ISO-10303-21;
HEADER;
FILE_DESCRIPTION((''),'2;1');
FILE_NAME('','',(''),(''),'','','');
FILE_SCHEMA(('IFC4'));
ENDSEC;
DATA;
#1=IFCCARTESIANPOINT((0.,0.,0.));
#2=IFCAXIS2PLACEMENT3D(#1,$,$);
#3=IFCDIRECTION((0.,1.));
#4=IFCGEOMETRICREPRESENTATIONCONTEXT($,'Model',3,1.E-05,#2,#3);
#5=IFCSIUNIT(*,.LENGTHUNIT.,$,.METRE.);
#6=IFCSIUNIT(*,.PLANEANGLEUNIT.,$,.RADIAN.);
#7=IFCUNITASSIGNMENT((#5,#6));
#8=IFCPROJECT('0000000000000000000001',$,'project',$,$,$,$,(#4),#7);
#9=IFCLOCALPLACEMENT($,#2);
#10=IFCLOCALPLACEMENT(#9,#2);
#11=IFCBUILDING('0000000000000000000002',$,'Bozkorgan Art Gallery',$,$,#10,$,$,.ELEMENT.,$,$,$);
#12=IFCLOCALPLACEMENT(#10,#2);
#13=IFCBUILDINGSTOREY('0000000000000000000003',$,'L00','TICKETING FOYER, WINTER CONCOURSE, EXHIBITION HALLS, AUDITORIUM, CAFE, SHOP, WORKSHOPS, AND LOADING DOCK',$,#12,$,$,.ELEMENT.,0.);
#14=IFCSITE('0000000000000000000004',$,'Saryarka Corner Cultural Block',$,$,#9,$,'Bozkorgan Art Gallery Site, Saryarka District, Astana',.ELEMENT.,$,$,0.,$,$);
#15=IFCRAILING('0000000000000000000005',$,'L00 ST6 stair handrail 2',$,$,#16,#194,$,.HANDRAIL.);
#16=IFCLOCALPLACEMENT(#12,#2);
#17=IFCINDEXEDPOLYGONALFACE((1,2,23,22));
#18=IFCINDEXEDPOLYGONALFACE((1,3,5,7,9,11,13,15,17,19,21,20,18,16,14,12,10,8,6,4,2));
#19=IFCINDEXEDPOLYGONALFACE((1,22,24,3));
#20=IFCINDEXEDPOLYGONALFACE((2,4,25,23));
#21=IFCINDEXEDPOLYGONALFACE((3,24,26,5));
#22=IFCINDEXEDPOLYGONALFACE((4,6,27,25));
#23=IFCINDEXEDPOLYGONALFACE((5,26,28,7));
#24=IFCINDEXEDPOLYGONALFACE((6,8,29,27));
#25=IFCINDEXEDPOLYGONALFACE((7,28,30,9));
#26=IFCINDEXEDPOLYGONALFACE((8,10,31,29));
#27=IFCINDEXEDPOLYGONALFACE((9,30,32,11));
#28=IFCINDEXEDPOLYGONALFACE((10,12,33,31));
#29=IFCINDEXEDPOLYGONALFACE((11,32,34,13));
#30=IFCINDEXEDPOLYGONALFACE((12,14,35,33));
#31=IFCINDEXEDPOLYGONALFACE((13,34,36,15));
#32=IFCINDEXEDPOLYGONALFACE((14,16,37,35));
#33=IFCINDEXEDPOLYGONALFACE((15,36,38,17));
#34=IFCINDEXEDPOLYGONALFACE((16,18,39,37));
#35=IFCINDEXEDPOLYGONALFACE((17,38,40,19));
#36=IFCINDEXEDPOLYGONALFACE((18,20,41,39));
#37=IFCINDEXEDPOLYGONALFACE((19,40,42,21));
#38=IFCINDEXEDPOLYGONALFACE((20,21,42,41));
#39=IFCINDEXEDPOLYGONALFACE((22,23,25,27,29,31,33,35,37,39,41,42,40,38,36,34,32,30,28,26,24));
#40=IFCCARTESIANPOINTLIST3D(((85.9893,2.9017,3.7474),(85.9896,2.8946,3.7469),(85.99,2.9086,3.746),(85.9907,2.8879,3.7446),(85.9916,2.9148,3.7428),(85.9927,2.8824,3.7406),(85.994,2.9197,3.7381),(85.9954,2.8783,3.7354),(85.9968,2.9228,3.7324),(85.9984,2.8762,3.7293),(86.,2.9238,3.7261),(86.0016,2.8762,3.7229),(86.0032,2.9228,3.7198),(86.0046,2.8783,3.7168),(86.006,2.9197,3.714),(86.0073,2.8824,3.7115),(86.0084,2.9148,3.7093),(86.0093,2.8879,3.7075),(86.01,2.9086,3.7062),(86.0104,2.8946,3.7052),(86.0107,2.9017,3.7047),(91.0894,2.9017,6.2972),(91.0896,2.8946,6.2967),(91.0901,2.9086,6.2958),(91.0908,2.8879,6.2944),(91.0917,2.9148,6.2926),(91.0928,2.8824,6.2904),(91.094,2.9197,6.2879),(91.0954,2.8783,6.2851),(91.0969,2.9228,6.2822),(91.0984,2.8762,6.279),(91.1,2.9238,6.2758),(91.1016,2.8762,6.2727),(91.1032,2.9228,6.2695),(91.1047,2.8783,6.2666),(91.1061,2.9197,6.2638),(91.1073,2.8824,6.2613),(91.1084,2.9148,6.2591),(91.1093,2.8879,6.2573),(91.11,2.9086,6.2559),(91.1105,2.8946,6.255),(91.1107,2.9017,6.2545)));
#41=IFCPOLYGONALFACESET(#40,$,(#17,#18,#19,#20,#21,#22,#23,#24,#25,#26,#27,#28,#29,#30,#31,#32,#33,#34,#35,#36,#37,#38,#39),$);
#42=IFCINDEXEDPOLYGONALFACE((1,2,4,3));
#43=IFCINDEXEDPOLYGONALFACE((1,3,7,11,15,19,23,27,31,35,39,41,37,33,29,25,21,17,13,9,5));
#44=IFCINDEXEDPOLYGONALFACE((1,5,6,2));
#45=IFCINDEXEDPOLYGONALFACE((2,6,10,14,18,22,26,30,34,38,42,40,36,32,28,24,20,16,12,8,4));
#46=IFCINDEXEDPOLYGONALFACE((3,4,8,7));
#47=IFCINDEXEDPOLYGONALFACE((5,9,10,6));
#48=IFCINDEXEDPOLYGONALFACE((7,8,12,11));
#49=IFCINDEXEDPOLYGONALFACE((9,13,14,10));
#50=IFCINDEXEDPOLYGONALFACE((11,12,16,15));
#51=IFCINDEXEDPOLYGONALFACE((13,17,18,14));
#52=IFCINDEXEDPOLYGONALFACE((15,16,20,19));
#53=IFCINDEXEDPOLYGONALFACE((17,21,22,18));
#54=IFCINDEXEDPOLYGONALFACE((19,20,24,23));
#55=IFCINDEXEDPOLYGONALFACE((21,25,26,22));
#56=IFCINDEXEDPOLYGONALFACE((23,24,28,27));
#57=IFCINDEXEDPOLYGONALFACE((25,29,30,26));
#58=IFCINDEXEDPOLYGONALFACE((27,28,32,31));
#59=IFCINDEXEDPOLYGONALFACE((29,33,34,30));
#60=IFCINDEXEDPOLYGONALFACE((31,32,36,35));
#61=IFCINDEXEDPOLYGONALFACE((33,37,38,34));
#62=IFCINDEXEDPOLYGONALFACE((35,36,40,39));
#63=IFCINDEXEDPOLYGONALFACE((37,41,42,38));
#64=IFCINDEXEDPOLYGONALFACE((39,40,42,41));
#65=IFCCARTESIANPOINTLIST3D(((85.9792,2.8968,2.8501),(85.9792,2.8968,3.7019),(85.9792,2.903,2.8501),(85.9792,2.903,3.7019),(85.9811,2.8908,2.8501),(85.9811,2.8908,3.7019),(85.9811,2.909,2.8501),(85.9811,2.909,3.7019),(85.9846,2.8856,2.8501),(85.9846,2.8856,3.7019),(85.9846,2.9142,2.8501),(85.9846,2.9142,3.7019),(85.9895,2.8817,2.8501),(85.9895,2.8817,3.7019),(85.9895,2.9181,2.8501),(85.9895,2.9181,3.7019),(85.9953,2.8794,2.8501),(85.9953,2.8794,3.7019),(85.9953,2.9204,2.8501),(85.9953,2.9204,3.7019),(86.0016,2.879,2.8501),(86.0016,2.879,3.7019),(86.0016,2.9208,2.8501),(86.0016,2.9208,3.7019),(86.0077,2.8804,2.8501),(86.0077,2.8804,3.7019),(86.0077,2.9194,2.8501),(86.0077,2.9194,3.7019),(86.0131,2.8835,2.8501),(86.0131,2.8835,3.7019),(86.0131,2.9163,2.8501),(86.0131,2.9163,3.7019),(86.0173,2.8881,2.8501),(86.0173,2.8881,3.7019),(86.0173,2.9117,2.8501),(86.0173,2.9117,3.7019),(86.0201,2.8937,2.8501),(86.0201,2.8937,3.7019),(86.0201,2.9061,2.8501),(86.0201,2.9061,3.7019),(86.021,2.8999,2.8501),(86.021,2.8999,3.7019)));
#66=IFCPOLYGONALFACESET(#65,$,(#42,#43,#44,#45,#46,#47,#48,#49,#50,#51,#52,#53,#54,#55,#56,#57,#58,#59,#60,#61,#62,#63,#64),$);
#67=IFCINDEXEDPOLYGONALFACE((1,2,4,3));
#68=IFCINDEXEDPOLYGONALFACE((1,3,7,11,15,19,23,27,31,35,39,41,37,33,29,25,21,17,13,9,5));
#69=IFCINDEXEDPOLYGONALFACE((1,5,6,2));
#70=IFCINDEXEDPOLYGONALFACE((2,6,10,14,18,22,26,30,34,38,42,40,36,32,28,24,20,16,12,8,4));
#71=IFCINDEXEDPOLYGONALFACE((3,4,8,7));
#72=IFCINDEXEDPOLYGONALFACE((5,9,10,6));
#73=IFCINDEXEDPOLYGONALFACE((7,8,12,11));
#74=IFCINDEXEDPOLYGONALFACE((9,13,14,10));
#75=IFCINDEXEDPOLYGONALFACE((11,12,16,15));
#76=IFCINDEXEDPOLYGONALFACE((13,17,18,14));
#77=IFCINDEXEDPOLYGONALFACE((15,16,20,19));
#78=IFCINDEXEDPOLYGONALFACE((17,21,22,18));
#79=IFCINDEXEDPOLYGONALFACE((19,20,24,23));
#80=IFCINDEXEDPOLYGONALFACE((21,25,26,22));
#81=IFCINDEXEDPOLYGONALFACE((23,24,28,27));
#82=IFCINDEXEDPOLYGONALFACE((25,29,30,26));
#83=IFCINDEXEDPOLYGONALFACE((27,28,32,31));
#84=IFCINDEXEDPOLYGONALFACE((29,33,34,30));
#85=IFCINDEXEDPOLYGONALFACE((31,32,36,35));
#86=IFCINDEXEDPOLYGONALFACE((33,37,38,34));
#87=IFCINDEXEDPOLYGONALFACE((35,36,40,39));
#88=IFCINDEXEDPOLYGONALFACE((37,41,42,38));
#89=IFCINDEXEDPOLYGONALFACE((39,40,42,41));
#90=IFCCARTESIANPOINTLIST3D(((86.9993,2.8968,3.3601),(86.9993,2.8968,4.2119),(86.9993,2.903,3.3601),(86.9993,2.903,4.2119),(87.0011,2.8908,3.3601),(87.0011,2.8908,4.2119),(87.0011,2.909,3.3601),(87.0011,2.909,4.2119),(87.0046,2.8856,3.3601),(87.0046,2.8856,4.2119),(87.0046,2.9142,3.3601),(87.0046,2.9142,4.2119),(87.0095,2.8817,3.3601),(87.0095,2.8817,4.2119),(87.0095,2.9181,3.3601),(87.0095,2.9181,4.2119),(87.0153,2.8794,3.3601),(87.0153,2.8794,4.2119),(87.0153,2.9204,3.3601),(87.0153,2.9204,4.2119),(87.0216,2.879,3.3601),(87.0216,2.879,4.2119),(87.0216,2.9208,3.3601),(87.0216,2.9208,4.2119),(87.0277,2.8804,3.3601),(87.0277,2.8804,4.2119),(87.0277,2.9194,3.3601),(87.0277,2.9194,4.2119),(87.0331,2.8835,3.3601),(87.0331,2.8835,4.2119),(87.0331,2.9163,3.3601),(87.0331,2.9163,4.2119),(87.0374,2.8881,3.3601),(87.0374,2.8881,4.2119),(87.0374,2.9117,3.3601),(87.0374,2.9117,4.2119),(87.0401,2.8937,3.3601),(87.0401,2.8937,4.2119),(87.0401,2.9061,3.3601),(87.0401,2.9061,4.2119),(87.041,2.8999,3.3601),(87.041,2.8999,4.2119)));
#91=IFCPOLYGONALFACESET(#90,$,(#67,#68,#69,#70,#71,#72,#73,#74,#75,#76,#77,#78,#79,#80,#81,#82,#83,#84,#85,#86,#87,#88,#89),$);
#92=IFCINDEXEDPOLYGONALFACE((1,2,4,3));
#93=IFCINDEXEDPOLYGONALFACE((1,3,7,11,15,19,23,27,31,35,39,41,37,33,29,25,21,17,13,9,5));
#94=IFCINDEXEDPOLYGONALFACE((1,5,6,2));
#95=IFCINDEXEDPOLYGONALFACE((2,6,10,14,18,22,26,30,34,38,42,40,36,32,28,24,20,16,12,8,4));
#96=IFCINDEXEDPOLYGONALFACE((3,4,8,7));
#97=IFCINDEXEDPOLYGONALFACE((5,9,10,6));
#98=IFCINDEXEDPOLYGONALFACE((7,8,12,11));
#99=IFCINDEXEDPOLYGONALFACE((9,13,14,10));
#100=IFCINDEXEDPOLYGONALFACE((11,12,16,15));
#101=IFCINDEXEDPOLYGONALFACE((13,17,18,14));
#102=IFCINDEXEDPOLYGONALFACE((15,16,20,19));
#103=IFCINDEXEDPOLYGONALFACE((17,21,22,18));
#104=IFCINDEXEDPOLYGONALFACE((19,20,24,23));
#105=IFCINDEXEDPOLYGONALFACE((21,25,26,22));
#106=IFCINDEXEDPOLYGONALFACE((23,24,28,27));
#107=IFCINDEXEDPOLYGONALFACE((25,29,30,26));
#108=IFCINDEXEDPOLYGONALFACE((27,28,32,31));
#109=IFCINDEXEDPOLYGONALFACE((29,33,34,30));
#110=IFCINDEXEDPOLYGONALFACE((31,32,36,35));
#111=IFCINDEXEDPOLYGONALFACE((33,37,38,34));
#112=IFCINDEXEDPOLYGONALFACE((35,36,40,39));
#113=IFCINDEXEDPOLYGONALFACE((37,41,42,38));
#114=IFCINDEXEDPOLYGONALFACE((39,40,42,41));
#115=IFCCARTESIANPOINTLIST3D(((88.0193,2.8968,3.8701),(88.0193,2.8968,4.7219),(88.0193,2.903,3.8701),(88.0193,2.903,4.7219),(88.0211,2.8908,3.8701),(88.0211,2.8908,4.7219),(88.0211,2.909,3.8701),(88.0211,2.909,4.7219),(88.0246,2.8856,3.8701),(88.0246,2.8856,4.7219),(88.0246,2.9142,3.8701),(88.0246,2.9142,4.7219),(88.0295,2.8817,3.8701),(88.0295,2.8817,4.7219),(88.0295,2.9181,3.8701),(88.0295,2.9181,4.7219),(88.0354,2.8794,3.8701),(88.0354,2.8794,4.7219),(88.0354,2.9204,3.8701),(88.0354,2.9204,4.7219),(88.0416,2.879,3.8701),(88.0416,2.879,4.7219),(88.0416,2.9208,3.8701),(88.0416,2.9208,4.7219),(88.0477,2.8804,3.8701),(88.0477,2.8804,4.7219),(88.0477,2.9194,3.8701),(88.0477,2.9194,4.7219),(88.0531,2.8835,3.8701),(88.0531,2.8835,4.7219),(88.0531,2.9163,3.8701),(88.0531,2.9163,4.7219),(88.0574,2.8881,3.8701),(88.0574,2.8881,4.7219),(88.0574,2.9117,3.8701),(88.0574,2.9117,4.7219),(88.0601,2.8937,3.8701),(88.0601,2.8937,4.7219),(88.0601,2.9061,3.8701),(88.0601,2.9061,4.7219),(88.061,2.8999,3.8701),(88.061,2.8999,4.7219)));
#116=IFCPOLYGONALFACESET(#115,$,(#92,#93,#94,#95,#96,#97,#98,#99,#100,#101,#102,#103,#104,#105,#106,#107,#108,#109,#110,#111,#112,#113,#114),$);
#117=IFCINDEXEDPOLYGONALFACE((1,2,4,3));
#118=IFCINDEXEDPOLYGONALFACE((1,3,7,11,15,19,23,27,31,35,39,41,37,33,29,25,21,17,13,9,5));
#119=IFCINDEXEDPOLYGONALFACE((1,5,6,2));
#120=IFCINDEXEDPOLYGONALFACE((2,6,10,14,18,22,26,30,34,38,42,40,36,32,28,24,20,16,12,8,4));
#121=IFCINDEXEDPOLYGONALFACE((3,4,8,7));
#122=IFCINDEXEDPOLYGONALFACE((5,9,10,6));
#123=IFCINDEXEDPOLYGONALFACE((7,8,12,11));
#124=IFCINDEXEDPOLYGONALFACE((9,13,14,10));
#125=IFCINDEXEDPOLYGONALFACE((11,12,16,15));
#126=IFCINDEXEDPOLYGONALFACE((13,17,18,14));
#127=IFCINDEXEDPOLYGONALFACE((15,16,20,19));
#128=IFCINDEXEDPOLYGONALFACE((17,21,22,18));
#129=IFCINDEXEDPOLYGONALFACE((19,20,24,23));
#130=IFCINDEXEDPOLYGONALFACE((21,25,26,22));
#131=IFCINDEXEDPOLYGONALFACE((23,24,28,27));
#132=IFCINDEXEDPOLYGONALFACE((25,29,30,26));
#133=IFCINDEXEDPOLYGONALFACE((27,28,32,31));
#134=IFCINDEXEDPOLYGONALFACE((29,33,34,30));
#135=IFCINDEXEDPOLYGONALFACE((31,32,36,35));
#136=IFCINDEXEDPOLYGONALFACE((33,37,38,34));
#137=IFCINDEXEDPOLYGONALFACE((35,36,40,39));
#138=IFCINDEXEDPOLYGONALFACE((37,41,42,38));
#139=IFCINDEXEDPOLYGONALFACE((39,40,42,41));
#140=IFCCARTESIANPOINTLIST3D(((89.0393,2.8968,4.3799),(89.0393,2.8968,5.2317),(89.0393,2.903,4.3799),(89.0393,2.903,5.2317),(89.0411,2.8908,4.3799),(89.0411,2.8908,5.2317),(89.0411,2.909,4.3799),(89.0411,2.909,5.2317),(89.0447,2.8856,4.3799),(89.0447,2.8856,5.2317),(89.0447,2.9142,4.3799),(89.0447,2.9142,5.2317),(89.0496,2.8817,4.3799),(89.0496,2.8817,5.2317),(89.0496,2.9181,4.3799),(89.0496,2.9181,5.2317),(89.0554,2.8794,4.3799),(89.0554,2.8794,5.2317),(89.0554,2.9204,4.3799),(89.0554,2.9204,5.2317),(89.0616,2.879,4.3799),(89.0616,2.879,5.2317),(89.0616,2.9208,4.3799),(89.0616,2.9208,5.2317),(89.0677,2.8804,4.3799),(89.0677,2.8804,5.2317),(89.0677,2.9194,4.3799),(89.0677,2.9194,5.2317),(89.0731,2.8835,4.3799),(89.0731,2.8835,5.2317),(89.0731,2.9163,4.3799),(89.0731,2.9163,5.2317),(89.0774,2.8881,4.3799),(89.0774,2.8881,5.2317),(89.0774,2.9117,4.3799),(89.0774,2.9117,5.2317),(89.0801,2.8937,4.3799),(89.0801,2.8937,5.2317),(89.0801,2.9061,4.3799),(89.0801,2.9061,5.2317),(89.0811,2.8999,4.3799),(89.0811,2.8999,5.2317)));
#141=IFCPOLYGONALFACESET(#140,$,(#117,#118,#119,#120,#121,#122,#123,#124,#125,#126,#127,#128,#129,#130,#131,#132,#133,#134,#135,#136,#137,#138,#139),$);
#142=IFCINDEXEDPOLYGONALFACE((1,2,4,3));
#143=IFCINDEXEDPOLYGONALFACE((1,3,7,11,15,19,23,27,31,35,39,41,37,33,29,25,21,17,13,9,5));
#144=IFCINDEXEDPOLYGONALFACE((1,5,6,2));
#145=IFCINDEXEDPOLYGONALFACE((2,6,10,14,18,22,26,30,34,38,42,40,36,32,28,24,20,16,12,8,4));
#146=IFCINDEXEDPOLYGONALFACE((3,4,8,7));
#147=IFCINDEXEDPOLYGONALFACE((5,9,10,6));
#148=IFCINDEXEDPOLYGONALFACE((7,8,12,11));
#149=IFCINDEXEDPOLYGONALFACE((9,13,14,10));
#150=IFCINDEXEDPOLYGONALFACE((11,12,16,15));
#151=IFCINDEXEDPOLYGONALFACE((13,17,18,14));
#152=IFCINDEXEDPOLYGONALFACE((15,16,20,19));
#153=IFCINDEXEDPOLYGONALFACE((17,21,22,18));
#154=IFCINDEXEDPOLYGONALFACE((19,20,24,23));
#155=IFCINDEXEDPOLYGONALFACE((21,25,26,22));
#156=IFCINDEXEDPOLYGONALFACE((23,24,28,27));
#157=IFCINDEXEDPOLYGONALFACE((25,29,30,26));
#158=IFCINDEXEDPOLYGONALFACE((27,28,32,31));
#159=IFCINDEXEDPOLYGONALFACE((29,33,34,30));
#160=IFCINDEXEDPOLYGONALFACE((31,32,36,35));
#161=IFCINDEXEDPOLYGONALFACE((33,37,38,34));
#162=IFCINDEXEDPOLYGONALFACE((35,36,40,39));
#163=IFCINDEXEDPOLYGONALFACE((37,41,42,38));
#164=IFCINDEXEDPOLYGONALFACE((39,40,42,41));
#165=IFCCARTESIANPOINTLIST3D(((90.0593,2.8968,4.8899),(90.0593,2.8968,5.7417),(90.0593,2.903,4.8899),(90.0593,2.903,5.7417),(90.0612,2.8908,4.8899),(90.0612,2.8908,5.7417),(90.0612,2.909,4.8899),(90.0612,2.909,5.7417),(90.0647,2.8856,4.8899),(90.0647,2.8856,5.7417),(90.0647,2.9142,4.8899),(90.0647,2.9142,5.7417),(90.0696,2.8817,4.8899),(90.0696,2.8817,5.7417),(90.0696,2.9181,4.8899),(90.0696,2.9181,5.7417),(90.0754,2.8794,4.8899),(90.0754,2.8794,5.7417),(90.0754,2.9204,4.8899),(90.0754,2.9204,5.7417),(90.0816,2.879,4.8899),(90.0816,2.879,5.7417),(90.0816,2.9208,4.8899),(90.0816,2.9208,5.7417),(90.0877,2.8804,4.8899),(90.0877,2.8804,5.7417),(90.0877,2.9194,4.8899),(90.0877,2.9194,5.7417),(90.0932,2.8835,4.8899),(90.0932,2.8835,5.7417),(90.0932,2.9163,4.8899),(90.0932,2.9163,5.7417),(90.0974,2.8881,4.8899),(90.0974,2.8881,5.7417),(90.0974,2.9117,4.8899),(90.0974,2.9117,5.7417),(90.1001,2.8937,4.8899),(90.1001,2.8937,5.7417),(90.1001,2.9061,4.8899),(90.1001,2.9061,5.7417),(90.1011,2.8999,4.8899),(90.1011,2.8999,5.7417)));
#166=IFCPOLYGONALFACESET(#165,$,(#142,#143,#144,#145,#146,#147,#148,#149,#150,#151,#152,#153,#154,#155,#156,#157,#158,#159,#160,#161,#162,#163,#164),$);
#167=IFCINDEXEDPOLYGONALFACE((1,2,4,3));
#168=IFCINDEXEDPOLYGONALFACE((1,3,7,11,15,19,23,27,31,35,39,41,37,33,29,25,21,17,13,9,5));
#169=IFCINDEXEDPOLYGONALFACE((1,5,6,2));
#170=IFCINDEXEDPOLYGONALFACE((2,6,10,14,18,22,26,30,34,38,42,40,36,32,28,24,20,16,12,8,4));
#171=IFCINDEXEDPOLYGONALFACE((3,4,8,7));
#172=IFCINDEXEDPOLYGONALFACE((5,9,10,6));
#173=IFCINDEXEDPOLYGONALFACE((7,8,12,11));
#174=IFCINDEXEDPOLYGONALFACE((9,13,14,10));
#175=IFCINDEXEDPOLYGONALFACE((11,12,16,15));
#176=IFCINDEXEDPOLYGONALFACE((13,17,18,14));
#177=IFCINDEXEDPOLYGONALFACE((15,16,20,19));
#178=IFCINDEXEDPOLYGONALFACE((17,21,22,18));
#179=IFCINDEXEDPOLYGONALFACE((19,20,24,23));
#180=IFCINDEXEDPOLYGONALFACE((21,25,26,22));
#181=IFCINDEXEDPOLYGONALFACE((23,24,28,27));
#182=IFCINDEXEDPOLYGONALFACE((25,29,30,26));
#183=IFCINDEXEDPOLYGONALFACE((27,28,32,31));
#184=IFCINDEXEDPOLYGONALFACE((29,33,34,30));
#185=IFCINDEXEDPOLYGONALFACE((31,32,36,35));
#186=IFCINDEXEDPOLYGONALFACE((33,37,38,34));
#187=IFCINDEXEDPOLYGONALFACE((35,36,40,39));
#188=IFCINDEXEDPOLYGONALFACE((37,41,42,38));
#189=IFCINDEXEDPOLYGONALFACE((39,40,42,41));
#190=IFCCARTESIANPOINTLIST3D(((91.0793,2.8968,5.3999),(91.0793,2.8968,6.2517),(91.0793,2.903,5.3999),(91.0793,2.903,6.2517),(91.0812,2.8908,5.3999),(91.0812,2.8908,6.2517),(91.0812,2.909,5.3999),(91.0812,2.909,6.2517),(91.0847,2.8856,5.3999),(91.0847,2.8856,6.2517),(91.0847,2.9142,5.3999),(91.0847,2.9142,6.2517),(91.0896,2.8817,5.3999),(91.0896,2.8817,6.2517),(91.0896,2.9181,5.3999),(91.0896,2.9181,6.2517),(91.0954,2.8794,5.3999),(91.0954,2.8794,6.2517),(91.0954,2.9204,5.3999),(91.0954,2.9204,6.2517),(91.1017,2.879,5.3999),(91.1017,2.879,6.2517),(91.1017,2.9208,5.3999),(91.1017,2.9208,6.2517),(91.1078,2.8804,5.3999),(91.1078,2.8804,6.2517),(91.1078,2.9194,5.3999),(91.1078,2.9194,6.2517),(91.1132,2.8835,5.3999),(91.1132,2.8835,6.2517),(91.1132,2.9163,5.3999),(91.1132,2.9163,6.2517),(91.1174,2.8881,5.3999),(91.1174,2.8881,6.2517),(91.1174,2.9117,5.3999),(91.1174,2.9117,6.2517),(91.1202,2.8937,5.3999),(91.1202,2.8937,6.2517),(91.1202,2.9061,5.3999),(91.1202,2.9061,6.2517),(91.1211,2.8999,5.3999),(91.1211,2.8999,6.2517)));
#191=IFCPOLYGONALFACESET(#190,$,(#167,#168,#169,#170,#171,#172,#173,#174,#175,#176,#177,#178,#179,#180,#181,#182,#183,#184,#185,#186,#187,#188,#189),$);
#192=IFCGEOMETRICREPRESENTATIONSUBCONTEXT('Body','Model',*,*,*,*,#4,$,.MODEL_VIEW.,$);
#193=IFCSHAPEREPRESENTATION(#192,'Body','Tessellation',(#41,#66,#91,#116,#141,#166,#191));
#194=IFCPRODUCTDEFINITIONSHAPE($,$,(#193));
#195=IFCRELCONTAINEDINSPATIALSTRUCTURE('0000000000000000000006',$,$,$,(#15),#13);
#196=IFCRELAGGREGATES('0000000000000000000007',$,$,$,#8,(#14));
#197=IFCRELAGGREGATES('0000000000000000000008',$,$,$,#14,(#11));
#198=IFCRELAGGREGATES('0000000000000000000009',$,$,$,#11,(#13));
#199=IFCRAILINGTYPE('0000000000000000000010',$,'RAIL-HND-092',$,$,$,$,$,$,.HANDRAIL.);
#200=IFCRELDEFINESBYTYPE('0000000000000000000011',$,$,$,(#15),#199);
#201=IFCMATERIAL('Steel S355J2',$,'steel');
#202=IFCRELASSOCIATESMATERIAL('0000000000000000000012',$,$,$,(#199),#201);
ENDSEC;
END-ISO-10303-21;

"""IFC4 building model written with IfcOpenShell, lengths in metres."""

from ifc_helpers import new_model, si_unit, direction, frame, origin, origin_2d, place, context, subcontext, project, spatial, circle, extrude, material, type_object, element, save


model = new_model("IFC4")

# Units and contexts
model_context = context("Model", 3, precision=1e-05, world=origin(), true_north=direction((0.0, 1.0)))
body_context = subcontext(model_context, "Body", "Model", "MODEL_VIEW")
ifc_project = project(units=[si_unit("LENGTHUNIT", "METRE"), si_unit("PLANEANGLEUNIT", "RADIAN")], contexts=[model_context])

# Site, building, storey
site_placement = place(None, origin())
site = spatial("IfcSite", under=ifc_project, at=site_placement, Name="Saryarka Corner Cultural Block", LongName="Bozkorgan Art Gallery Site, Saryarka District, Astana", CompositionType="ELEMENT", RefElevation=0.0)
building_placement = place(site_placement, origin())
building = spatial("IfcBuilding", under=site, at=building_placement, Name="Bozkorgan Art Gallery", CompositionType="ELEMENT")
storey_placement = place(building_placement, origin())
storey = spatial("IfcBuildingStorey", under=building, at=storey_placement, Name="L00", Description="TICKETING FOYER, WINTER CONCOURSE, EXHIBITION HALLS, AUDITORIUM, CAFE, SHOP, WORKSHOPS, AND LOADING DOCK", CompositionType="ELEMENT", Elevation=0.0)

# Shared definitions
ifc_material_1 = material(Name="Steel S355J2", Category="steel")

# Railing
railing_type_1 = type_object("IfcRailingType", Name="RAIL-HND-092", PredefinedType="HANDRAIL", material=ifc_material_1)
railing_1_placement = place(storey_placement, frame((86.0, 2.8999, 2.8501)))
element("IfcRailing", 1, at=railing_1_placement, inside=storey, type_object=railing_type_1, Name="L00 ST6 stair handrail 2", PredefinedType="HANDRAIL", context=body_context, shape_type="SweptSolid", body=[
    extrude(circle(Radius=0.0239, at=origin_2d()), frame((0.0, 0.0, 0.876), z_axis=(0.894444, 0.0, 0.447179), x_axis=(0.0, 1.0, 0.0)), (0.0, 0.0, 1.0), 5.7019),
    extrude(circle(Radius=0.021, at=origin_2d()), origin(), (0.0, 0.0, 1.0), 0.8518),
    extrude(circle(Radius=0.021, at=origin_2d()), frame((1.02, 0.0, 0.51)), (0.0, 0.0, 1.0), 0.8518),
    extrude(circle(Radius=0.021, at=origin_2d()), frame((2.04, 0.0, 1.02)), (0.0, 0.0, 1.0), 0.8518),
    extrude(circle(Radius=0.021, at=origin_2d()), frame((3.0601, 0.0, 1.5298)), (0.0, 0.0, 1.0), 0.8518),
    extrude(circle(Radius=0.021, at=origin_2d()), frame((4.0801, 0.0, 2.0398)), (0.0, 0.0, 1.0), 0.8518),
    extrude(circle(Radius=0.021, at=origin_2d()), frame((5.1001, 0.0, 2.5498)), (0.0, 0.0, 1.0), 0.8518),
])

save(model, "model.ifc")
